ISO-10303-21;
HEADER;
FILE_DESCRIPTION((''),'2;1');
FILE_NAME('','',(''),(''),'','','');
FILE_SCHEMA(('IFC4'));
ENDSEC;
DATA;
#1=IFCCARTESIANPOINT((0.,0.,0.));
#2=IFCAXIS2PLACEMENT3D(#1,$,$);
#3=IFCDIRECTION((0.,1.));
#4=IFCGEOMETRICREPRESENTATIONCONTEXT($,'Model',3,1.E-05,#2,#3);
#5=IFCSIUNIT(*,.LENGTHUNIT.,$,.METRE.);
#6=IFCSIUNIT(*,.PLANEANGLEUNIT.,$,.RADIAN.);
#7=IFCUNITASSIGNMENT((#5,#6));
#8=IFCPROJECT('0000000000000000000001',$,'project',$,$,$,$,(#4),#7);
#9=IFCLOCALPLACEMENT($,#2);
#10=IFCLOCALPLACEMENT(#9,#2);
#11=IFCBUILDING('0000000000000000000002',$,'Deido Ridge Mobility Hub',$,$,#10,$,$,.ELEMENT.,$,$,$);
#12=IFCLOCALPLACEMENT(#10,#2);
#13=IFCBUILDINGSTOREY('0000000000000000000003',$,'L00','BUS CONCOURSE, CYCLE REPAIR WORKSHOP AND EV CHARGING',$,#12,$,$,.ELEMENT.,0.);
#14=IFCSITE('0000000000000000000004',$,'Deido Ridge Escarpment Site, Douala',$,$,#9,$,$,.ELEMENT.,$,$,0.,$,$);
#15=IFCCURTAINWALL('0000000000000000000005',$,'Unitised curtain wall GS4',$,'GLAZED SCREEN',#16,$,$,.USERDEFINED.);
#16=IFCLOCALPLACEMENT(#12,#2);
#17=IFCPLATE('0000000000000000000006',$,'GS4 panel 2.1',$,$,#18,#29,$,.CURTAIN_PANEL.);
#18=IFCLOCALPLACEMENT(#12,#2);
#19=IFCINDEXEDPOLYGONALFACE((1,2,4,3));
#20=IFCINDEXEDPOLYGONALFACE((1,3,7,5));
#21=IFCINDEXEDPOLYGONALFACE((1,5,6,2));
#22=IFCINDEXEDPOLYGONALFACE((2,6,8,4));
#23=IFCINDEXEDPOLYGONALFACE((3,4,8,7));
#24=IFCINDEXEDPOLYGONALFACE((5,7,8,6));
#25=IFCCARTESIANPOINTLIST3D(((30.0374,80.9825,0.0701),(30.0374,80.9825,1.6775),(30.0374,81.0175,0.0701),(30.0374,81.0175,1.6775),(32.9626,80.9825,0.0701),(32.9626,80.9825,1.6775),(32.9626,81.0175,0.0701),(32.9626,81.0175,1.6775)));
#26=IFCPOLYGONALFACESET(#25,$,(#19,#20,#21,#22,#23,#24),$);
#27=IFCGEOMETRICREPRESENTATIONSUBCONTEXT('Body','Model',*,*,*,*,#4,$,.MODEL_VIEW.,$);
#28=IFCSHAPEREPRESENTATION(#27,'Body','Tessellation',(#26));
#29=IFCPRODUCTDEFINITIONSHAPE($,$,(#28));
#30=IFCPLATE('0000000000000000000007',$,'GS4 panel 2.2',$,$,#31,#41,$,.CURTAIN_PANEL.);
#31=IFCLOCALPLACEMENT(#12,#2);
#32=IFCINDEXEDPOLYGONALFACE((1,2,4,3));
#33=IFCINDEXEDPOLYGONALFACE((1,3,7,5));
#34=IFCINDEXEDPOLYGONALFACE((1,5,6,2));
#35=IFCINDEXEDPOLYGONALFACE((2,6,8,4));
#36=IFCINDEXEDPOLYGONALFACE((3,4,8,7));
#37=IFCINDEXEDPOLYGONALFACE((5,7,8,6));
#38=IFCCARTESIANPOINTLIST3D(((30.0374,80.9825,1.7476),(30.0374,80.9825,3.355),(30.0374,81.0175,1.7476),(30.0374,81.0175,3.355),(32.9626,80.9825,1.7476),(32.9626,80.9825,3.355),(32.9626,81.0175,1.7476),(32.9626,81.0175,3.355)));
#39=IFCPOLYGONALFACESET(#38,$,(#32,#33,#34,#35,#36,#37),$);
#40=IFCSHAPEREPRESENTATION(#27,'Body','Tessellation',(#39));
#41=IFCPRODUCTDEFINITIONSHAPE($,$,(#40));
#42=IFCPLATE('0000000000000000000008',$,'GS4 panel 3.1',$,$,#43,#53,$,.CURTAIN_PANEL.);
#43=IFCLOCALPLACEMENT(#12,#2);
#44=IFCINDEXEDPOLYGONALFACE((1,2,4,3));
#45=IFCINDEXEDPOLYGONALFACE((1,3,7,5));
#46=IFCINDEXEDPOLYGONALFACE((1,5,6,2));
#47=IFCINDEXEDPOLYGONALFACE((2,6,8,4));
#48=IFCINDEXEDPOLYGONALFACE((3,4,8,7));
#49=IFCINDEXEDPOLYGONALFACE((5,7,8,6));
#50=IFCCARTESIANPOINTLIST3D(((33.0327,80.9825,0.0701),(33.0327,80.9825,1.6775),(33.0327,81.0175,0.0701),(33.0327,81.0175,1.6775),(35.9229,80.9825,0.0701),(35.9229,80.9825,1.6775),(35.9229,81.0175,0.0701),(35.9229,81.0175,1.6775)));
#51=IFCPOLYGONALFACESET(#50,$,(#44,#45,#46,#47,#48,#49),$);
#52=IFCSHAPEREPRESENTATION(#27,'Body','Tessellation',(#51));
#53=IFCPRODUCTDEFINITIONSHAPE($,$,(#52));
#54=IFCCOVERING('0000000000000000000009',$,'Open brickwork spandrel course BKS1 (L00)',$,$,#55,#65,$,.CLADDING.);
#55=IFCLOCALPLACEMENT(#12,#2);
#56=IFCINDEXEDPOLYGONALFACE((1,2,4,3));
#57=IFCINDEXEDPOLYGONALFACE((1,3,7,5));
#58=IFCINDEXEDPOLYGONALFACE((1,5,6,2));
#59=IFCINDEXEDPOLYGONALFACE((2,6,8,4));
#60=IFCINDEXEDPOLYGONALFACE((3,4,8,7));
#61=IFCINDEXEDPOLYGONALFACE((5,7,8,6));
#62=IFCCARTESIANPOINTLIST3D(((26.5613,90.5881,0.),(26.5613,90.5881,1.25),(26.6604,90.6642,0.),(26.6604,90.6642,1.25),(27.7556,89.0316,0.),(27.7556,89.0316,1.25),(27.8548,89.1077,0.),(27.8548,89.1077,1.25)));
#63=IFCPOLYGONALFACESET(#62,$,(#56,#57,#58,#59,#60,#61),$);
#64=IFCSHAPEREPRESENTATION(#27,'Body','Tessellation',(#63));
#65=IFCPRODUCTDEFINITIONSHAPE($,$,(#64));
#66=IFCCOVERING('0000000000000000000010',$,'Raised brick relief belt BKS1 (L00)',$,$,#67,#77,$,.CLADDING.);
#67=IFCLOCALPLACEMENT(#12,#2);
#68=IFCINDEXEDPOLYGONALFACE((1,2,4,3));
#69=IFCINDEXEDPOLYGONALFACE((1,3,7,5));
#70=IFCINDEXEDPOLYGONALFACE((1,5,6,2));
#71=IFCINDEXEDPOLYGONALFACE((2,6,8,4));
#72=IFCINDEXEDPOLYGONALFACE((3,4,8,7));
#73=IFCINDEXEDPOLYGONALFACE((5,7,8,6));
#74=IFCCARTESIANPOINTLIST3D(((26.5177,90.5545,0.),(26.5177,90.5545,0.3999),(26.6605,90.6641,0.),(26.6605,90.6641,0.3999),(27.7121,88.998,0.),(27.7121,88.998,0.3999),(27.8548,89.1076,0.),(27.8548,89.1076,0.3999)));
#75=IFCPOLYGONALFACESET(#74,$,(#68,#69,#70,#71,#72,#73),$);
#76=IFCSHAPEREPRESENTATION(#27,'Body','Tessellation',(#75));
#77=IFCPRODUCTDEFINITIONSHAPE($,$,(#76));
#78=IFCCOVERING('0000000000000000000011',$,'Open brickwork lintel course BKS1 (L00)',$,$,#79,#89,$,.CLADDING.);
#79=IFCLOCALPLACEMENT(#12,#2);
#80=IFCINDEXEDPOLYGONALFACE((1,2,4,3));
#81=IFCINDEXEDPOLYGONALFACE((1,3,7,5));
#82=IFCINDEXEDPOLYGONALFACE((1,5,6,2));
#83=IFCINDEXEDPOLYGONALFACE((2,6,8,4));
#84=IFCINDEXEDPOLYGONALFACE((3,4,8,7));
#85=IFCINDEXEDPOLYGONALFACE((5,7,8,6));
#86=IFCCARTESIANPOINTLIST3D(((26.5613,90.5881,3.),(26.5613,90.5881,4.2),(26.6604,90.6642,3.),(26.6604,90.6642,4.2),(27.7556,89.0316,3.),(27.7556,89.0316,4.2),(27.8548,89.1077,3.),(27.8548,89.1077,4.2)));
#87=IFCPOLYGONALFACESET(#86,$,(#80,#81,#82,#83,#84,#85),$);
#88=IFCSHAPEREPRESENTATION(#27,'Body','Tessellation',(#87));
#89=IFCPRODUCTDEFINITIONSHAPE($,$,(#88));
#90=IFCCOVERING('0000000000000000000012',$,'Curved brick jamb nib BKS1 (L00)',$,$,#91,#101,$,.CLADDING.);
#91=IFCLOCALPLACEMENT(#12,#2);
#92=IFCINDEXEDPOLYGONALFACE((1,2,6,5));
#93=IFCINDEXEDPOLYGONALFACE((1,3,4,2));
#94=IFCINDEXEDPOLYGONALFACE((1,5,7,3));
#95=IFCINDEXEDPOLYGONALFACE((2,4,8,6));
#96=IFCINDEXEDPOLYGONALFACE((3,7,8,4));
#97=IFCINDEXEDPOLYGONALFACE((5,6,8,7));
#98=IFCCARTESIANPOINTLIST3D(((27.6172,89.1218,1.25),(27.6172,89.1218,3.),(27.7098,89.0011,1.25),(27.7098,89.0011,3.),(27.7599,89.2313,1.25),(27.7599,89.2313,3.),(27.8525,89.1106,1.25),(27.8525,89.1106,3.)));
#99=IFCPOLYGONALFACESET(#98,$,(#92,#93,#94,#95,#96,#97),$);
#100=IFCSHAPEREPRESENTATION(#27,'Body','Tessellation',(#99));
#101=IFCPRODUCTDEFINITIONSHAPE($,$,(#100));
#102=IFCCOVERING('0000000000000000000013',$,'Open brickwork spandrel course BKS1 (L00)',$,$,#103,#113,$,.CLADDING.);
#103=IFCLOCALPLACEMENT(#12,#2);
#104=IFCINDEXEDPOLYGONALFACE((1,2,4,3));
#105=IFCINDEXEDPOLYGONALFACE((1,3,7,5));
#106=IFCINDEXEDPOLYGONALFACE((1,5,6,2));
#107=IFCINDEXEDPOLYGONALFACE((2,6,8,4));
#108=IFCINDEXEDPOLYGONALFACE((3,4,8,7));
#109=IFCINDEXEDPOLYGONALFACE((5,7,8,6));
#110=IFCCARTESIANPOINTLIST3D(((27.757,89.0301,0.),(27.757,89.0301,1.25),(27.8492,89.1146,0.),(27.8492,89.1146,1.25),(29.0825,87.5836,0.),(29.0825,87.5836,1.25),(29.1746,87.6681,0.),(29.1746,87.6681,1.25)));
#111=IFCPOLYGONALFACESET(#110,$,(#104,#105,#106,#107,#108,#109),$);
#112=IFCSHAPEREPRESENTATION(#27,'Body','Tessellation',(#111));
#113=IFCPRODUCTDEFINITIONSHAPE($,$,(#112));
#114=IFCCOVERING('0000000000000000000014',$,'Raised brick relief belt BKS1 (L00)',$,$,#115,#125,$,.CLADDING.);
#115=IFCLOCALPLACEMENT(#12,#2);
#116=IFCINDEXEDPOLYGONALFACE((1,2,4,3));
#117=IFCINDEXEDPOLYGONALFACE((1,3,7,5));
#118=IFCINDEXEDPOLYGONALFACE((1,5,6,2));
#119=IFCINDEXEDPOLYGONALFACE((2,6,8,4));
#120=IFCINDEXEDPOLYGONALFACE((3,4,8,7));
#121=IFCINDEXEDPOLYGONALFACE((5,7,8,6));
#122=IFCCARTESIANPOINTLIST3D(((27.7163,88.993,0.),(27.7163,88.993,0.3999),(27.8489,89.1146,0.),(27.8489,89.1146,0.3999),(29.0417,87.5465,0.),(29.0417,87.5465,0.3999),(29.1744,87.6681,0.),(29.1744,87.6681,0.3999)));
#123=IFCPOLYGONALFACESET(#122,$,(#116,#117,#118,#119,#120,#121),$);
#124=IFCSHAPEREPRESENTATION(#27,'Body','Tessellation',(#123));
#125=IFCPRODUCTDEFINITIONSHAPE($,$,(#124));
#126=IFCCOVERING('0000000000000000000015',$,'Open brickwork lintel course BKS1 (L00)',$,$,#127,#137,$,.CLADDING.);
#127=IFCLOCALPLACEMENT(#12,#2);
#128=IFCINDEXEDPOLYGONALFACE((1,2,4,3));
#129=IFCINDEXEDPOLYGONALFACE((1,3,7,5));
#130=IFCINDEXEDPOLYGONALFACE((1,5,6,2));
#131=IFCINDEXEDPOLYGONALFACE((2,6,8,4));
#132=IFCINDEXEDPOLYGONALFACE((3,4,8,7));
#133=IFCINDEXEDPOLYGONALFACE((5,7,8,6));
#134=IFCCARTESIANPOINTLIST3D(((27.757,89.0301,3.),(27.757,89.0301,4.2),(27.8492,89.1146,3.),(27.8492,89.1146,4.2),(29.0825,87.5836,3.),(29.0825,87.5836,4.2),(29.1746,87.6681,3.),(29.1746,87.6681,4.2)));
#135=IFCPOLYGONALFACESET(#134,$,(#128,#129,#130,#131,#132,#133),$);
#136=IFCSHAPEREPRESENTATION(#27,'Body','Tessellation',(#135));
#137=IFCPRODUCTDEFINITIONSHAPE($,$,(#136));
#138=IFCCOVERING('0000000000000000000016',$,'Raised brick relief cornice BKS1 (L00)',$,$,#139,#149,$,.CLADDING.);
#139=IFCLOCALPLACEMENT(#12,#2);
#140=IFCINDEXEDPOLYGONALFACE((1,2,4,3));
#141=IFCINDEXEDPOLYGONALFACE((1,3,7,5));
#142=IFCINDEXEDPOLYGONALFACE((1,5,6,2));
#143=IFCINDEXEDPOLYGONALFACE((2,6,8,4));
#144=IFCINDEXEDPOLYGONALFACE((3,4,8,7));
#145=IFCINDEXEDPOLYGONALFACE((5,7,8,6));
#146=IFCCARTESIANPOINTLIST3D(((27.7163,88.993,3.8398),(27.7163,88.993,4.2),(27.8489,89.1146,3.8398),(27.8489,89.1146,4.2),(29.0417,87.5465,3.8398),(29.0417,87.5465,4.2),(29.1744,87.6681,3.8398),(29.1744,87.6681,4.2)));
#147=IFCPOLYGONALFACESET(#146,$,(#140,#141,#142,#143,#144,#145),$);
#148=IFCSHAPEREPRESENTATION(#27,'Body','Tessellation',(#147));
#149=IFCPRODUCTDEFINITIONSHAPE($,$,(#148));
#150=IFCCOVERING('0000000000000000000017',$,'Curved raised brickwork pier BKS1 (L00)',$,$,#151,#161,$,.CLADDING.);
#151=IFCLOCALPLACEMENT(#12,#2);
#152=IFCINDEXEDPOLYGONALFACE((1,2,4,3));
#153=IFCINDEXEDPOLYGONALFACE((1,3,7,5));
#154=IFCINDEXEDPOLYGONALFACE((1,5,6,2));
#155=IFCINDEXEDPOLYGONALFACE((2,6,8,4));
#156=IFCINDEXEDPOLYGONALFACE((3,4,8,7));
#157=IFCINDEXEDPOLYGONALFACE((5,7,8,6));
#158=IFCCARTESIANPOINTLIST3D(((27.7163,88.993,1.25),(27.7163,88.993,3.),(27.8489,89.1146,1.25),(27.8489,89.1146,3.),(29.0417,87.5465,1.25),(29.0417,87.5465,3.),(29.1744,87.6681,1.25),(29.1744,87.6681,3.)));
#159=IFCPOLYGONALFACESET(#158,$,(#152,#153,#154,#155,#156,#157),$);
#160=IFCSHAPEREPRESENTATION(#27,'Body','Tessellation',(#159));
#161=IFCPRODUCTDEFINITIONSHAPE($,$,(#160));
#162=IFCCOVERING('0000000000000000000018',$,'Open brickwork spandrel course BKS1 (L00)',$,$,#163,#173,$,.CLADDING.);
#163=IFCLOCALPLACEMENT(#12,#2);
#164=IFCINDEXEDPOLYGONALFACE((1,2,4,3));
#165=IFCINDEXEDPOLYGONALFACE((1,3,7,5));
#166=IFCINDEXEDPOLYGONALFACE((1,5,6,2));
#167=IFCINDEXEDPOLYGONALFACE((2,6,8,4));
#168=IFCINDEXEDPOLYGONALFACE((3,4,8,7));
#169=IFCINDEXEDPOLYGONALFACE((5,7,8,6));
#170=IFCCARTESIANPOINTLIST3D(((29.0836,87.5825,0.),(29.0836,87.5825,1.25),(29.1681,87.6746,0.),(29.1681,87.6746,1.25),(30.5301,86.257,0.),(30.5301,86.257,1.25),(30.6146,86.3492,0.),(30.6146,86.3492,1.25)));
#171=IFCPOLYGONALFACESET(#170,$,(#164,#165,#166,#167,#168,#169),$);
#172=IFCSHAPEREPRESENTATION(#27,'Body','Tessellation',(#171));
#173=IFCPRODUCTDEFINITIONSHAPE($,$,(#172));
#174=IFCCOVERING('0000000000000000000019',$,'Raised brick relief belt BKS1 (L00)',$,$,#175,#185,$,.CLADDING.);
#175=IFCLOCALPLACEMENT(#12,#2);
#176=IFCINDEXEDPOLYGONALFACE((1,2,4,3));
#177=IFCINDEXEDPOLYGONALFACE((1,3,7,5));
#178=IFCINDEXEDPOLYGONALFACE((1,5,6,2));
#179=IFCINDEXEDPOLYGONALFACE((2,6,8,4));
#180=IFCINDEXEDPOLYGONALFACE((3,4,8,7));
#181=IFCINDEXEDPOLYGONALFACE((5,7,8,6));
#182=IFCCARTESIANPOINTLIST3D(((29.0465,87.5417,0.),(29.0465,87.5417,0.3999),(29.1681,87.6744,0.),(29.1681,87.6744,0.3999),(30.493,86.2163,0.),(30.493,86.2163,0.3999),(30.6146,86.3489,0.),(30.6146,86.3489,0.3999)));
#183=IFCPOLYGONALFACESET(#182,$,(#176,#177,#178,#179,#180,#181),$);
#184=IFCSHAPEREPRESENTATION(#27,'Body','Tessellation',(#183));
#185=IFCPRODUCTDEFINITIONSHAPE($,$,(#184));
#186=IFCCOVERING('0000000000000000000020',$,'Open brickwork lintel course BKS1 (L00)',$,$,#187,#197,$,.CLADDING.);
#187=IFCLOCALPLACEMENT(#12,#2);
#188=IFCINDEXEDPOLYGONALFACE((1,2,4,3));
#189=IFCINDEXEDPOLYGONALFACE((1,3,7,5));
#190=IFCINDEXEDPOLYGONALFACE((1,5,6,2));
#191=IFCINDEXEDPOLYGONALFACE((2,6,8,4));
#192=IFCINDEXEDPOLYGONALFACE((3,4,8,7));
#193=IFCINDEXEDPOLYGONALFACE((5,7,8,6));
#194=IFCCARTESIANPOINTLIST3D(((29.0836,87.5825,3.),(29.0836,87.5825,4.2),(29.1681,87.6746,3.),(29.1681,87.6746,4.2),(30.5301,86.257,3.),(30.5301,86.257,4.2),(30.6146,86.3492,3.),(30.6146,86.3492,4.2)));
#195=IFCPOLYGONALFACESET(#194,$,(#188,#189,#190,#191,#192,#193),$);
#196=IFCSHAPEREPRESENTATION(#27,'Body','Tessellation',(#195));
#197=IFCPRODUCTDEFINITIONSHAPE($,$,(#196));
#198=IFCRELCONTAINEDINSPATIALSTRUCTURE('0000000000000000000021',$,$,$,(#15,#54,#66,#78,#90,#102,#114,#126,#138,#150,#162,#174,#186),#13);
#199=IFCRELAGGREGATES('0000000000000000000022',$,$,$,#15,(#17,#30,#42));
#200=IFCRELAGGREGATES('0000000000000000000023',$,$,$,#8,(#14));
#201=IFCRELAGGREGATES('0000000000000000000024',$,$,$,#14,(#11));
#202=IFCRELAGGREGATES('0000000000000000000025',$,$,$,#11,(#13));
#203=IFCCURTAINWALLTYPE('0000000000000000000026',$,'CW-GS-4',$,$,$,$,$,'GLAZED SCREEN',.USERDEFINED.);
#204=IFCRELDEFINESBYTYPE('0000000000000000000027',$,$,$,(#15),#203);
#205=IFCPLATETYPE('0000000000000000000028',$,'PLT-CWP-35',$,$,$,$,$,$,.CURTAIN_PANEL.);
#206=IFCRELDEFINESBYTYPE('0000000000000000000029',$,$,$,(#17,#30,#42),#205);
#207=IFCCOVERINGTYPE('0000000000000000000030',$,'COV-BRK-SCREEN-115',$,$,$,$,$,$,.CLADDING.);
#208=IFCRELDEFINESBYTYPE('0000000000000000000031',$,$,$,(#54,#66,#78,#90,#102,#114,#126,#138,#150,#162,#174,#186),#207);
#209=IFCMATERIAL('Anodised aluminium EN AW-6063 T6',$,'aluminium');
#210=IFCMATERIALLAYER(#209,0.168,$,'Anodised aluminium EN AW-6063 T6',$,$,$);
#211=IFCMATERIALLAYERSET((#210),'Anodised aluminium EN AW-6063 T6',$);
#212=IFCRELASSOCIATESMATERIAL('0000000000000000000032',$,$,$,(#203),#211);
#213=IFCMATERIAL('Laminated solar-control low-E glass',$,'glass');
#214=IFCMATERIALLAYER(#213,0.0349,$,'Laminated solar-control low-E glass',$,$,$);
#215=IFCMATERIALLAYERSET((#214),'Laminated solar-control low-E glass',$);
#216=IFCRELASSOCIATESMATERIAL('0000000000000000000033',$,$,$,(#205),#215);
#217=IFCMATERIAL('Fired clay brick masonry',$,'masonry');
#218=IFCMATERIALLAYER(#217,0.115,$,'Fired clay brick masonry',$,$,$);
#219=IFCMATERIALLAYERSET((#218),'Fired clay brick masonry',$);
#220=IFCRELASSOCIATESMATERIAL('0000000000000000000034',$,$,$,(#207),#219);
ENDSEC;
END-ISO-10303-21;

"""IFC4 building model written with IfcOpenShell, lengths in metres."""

from ifc_helpers import new_model, si_unit, direction, frame, origin, origin_2d, place, context, subcontext, project, spatial, rectangle, extrude, material, layer, layer_set, type_object, element, aggregate, save


model = new_model("IFC4")

# Units and contexts
model_context = context("Model", 3, precision=1e-05, world=origin(), true_north=direction((0.0, 1.0)))
body_context = subcontext(model_context, "Body", "Model", "MODEL_VIEW")
ifc_project = project(units=[si_unit("LENGTHUNIT", "METRE"), si_unit("PLANEANGLEUNIT", "RADIAN")], contexts=[model_context])

# Site, building, storey
site_placement = place(None, origin())
site = spatial("IfcSite", under=ifc_project, at=site_placement, Name="Deido Ridge Escarpment Site, Douala", CompositionType="ELEMENT", RefElevation=0.0)
building_placement = place(site_placement, origin())
building = spatial("IfcBuilding", under=site, at=building_placement, Name="Deido Ridge Mobility Hub", CompositionType="ELEMENT")
storey_placement = place(building_placement, origin())
storey = spatial("IfcBuildingStorey", under=building, at=storey_placement, Name="L00", Description="BUS CONCOURSE, CYCLE REPAIR WORKSHOP AND EV CHARGING", CompositionType="ELEMENT", Elevation=0.0)

# Curtain wall, plates
ifc_material_1 = material(Name="Anodised aluminium EN AW-6063 T6", Category="aluminium")
ifc_layer_1 = layer(ifc_material_1, 0.168, Name="Anodised aluminium EN AW-6063 T6")
ifc_layer_set_1 = layer_set([ifc_layer_1], Name="Anodised aluminium EN AW-6063 T6")
curtain_wall_type = type_object("IfcCurtainWallType", Name="CW-GS-4", ElementType="GLAZED SCREEN", PredefinedType="USERDEFINED", material=ifc_layer_set_1)
curtain_wall_placement = place(storey_placement, origin())
curtain_wall = element("IfcCurtainWall", 1, at=curtain_wall_placement, inside=storey, type_object=curtain_wall_type, Name="Unitised curtain wall GS4", ObjectType="GLAZED SCREEN", PredefinedType="USERDEFINED")
ifc_material_2 = material(Name="Laminated solar-control low-E glass", Category="glass")
ifc_layer_2 = layer(ifc_material_2, 0.0349, Name="Laminated solar-control low-E glass")
ifc_layer_set_2 = layer_set([ifc_layer_2], Name="Laminated solar-control low-E glass")
plate_type = type_object("IfcPlateType", Name="PLT-CWP-35", PredefinedType="CURTAIN_PANEL", material=ifc_layer_set_2)
plate_1_placement = place(storey_placement, frame((31.5, 81.0, 0.0701), z_axis=(0.0, 0.0, 1.0), x_axis=(1.0, 0.0, 0.0)))
plate_1 = element("IfcPlate", 2, at=plate_1_placement, type_object=plate_type, Name="GS4 panel 2.1", PredefinedType="CURTAIN_PANEL", context=body_context, shape_type="SweptSolid", body=[
    extrude(rectangle(XDim=2.9253, YDim=0.0349, at=origin_2d()), origin(), (0.0, 0.0, 1.0), 1.6074),
])
plate_2_placement = place(storey_placement, frame((31.5, 81.0, 1.7476), z_axis=(0.0, 0.0, 1.0), x_axis=(1.0, 0.0, 0.0)))
plate_2 = element("IfcPlate", 3, at=plate_2_placement, type_object=plate_type, Name="GS4 panel 2.2", PredefinedType="CURTAIN_PANEL", context=body_context, shape_type="SweptSolid", body=[
    extrude(rectangle(XDim=2.9253, YDim=0.0349, at=origin_2d()), origin(), (0.0, 0.0, 1.0), 1.6074),
])
plate_3_placement = place(storey_placement, frame((34.4778, 81.0, 0.0701), z_axis=(0.0, 0.0, 1.0), x_axis=(1.0, 0.0, 0.0)))
plate_3 = element("IfcPlate", 4, at=plate_3_placement, type_object=plate_type, Name="GS4 panel 3.1", PredefinedType="CURTAIN_PANEL", context=body_context, shape_type="SweptSolid", body=[
    extrude(rectangle(XDim=2.8901, YDim=0.0349, at=origin_2d()), origin(), (0.0, 0.0, 1.0), 1.6074),
])
aggregate(curtain_wall, [plate_1, plate_2, plate_3])

# Coverings
ifc_material_3 = material(Name="Fired clay brick masonry", Category="masonry")
ifc_layer_3 = layer(ifc_material_3, 0.115, Name="Fired clay brick masonry")
ifc_layer_set_3 = layer_set([ifc_layer_3], Name="Fired clay brick masonry")
covering_type = type_object("IfcCoveringType", Name="COV-BRK-SCREEN-115", PredefinedType="CLADDING", material=ifc_layer_set_3)
covering_1_placement = place(storey_placement, frame((27.208, 89.8479, 0.0), z_axis=(0.0, 0.0, 1.0), x_axis=(0.608761, -0.793353, 0.0)))
element("IfcCovering", 5, at=covering_1_placement, inside=storey, type_object=covering_type, Name="Open brickwork spandrel course BKS1 (L00)", PredefinedType="CLADDING", context=body_context, shape_type="SweptSolid", body=[
    extrude(rectangle(XDim=1.9619, YDim=0.125, at=origin_2d()), origin(), (0.0, 0.0, 1.0), 1.25),
])
covering_2_placement = place(storey_placement, frame((27.1863, 89.8311, 0.0), z_axis=(0.0, 0.0, 1.0), x_axis=(0.608761, -0.793353, 0.0)))
element("IfcCovering", 6, at=covering_2_placement, inside=storey, type_object=covering_type, Name="Raised brick relief belt BKS1 (L00)", PredefinedType="CLADDING", context=body_context, shape_type="SweptSolid", body=[
    extrude(rectangle(XDim=1.9619, YDim=0.1799, at=origin_2d()), origin(), (0.0, 0.0, 1.0), 0.3999),
])
covering_3_placement = place(storey_placement, frame((27.208, 89.8479, 3.0), z_axis=(0.0, 0.0, 1.0), x_axis=(0.608761, -0.793353, 0.0)))
element("IfcCovering", 7, at=covering_3_placement, inside=storey, type_object=covering_type, Name="Open brickwork lintel course BKS1 (L00)", PredefinedType="CLADDING", context=body_context, shape_type="SweptSolid", body=[
    extrude(rectangle(XDim=1.9619, YDim=0.125, at=origin_2d()), origin(), (0.0, 0.0, 1.0), 1.2),
])
covering_4_placement = place(storey_placement, frame((27.7349, 89.1162, 1.25), z_axis=(0.0, 0.0, 1.0), x_axis=(0.608761, -0.793353, 0.0)))
element("IfcCovering", 8, at=covering_4_placement, inside=storey, type_object=covering_type, Name="Curved brick jamb nib BKS1 (L00)", PredefinedType="CLADDING", context=body_context, shape_type="SweptSolid", body=[
    extrude(rectangle(XDim=0.1521, YDim=0.1799, at=origin_2d()), origin(), (0.0, 0.0, 1.0), 1.75),
])
covering_5_placement = place(storey_placement, frame((28.4658, 88.3491, 0.0), z_axis=(0.0, 0.0, 1.0), x_axis=(0.675577, -0.737289, 0.0)))
element("IfcCovering", 9, at=covering_5_placement, inside=storey, type_object=covering_type, Name="Open brickwork spandrel course BKS1 (L00)", PredefinedType="CLADDING", context=body_context, shape_type="SweptSolid", body=[
    extrude(rectangle(XDim=1.9619, YDim=0.125, at=origin_2d()), origin(), (0.0, 0.0, 1.0), 1.25),
])
covering_6_placement = place(storey_placement, frame((28.4453, 88.3306, 0.0), z_axis=(0.0, 0.0, 1.0), x_axis=(0.675577, -0.737289, 0.0)))
element("IfcCovering", 10, at=covering_6_placement, inside=storey, type_object=covering_type, Name="Raised brick relief belt BKS1 (L00)", PredefinedType="CLADDING", context=body_context, shape_type="SweptSolid", body=[
    extrude(rectangle(XDim=1.9619, YDim=0.1799, at=origin_2d()), origin(), (0.0, 0.0, 1.0), 0.3999),
])
covering_7_placement = place(storey_placement, frame((28.4658, 88.3491, 3.0), z_axis=(0.0, 0.0, 1.0), x_axis=(0.675577, -0.737289, 0.0)))
element("IfcCovering", 11, at=covering_7_placement, inside=storey, type_object=covering_type, Name="Open brickwork lintel course BKS1 (L00)", PredefinedType="CLADDING", context=body_context, shape_type="SweptSolid", body=[
    extrude(rectangle(XDim=1.9619, YDim=0.125, at=origin_2d()), origin(), (0.0, 0.0, 1.0), 1.2),
])
covering_8_placement = place(storey_placement, frame((28.4453, 88.3306, 3.8398), z_axis=(0.0, 0.0, 1.0), x_axis=(0.675577, -0.737289, 0.0)))
element("IfcCovering", 12, at=covering_8_placement, inside=storey, type_object=covering_type, Name="Raised brick relief cornice BKS1 (L00)", PredefinedType="CLADDING", context=body_context, shape_type="SweptSolid", body=[
    extrude(rectangle(XDim=1.9619, YDim=0.1799, at=origin_2d()), origin(), (0.0, 0.0, 1.0), 0.3601),
])
covering_9_placement = place(storey_placement, frame((28.4453, 88.3306, 1.25), z_axis=(0.0, 0.0, 1.0), x_axis=(0.675577, -0.737289, 0.0)))
element("IfcCovering", 13, at=covering_9_placement, inside=storey, type_object=covering_type, Name="Curved raised brickwork pier BKS1 (L00)", PredefinedType="CLADDING", context=body_context, shape_type="SweptSolid", body=[
    extrude(rectangle(XDim=1.9619, YDim=0.1799, at=origin_2d()), origin(), (0.0, 0.0, 1.0), 1.75),
])
covering_10_placement = place(storey_placement, frame((29.8491, 86.9658, 0.0), z_axis=(0.0, 0.0, 1.0), x_axis=(0.737289, -0.675577, 0.0)))
element("IfcCovering", 14, at=covering_10_placement, inside=storey, type_object=covering_type, Name="Open brickwork spandrel course BKS1 (L00)", PredefinedType="CLADDING", context=body_context, shape_type="SweptSolid", body=[
    extrude(rectangle(XDim=1.9619, YDim=0.125, at=origin_2d()), origin(), (0.0, 0.0, 1.0), 1.25),
])
covering_11_placement = place(storey_placement, frame((29.8306, 86.9453, 0.0), z_axis=(0.0, 0.0, 1.0), x_axis=(0.737289, -0.675577, 0.0)))
element("IfcCovering", 15, at=covering_11_placement, inside=storey, type_object=covering_type, Name="Raised brick relief belt BKS1 (L00)", PredefinedType="CLADDING", context=body_context, shape_type="SweptSolid", body=[
    extrude(rectangle(XDim=1.9619, YDim=0.1799, at=origin_2d()), origin(), (0.0, 0.0, 1.0), 0.3999),
])
covering_12_placement = place(storey_placement, frame((29.8491, 86.9658, 3.0), z_axis=(0.0, 0.0, 1.0), x_axis=(0.737289, -0.675577, 0.0)))
element("IfcCovering", 16, at=covering_12_placement, inside=storey, type_object=covering_type, Name="Open brickwork lintel course BKS1 (L00)", PredefinedType="CLADDING", context=body_context, shape_type="SweptSolid", body=[
    extrude(rectangle(XDim=1.9619, YDim=0.125, at=origin_2d()), origin(), (0.0, 0.0, 1.0), 1.2),
])

save(model, "model.ifc")
